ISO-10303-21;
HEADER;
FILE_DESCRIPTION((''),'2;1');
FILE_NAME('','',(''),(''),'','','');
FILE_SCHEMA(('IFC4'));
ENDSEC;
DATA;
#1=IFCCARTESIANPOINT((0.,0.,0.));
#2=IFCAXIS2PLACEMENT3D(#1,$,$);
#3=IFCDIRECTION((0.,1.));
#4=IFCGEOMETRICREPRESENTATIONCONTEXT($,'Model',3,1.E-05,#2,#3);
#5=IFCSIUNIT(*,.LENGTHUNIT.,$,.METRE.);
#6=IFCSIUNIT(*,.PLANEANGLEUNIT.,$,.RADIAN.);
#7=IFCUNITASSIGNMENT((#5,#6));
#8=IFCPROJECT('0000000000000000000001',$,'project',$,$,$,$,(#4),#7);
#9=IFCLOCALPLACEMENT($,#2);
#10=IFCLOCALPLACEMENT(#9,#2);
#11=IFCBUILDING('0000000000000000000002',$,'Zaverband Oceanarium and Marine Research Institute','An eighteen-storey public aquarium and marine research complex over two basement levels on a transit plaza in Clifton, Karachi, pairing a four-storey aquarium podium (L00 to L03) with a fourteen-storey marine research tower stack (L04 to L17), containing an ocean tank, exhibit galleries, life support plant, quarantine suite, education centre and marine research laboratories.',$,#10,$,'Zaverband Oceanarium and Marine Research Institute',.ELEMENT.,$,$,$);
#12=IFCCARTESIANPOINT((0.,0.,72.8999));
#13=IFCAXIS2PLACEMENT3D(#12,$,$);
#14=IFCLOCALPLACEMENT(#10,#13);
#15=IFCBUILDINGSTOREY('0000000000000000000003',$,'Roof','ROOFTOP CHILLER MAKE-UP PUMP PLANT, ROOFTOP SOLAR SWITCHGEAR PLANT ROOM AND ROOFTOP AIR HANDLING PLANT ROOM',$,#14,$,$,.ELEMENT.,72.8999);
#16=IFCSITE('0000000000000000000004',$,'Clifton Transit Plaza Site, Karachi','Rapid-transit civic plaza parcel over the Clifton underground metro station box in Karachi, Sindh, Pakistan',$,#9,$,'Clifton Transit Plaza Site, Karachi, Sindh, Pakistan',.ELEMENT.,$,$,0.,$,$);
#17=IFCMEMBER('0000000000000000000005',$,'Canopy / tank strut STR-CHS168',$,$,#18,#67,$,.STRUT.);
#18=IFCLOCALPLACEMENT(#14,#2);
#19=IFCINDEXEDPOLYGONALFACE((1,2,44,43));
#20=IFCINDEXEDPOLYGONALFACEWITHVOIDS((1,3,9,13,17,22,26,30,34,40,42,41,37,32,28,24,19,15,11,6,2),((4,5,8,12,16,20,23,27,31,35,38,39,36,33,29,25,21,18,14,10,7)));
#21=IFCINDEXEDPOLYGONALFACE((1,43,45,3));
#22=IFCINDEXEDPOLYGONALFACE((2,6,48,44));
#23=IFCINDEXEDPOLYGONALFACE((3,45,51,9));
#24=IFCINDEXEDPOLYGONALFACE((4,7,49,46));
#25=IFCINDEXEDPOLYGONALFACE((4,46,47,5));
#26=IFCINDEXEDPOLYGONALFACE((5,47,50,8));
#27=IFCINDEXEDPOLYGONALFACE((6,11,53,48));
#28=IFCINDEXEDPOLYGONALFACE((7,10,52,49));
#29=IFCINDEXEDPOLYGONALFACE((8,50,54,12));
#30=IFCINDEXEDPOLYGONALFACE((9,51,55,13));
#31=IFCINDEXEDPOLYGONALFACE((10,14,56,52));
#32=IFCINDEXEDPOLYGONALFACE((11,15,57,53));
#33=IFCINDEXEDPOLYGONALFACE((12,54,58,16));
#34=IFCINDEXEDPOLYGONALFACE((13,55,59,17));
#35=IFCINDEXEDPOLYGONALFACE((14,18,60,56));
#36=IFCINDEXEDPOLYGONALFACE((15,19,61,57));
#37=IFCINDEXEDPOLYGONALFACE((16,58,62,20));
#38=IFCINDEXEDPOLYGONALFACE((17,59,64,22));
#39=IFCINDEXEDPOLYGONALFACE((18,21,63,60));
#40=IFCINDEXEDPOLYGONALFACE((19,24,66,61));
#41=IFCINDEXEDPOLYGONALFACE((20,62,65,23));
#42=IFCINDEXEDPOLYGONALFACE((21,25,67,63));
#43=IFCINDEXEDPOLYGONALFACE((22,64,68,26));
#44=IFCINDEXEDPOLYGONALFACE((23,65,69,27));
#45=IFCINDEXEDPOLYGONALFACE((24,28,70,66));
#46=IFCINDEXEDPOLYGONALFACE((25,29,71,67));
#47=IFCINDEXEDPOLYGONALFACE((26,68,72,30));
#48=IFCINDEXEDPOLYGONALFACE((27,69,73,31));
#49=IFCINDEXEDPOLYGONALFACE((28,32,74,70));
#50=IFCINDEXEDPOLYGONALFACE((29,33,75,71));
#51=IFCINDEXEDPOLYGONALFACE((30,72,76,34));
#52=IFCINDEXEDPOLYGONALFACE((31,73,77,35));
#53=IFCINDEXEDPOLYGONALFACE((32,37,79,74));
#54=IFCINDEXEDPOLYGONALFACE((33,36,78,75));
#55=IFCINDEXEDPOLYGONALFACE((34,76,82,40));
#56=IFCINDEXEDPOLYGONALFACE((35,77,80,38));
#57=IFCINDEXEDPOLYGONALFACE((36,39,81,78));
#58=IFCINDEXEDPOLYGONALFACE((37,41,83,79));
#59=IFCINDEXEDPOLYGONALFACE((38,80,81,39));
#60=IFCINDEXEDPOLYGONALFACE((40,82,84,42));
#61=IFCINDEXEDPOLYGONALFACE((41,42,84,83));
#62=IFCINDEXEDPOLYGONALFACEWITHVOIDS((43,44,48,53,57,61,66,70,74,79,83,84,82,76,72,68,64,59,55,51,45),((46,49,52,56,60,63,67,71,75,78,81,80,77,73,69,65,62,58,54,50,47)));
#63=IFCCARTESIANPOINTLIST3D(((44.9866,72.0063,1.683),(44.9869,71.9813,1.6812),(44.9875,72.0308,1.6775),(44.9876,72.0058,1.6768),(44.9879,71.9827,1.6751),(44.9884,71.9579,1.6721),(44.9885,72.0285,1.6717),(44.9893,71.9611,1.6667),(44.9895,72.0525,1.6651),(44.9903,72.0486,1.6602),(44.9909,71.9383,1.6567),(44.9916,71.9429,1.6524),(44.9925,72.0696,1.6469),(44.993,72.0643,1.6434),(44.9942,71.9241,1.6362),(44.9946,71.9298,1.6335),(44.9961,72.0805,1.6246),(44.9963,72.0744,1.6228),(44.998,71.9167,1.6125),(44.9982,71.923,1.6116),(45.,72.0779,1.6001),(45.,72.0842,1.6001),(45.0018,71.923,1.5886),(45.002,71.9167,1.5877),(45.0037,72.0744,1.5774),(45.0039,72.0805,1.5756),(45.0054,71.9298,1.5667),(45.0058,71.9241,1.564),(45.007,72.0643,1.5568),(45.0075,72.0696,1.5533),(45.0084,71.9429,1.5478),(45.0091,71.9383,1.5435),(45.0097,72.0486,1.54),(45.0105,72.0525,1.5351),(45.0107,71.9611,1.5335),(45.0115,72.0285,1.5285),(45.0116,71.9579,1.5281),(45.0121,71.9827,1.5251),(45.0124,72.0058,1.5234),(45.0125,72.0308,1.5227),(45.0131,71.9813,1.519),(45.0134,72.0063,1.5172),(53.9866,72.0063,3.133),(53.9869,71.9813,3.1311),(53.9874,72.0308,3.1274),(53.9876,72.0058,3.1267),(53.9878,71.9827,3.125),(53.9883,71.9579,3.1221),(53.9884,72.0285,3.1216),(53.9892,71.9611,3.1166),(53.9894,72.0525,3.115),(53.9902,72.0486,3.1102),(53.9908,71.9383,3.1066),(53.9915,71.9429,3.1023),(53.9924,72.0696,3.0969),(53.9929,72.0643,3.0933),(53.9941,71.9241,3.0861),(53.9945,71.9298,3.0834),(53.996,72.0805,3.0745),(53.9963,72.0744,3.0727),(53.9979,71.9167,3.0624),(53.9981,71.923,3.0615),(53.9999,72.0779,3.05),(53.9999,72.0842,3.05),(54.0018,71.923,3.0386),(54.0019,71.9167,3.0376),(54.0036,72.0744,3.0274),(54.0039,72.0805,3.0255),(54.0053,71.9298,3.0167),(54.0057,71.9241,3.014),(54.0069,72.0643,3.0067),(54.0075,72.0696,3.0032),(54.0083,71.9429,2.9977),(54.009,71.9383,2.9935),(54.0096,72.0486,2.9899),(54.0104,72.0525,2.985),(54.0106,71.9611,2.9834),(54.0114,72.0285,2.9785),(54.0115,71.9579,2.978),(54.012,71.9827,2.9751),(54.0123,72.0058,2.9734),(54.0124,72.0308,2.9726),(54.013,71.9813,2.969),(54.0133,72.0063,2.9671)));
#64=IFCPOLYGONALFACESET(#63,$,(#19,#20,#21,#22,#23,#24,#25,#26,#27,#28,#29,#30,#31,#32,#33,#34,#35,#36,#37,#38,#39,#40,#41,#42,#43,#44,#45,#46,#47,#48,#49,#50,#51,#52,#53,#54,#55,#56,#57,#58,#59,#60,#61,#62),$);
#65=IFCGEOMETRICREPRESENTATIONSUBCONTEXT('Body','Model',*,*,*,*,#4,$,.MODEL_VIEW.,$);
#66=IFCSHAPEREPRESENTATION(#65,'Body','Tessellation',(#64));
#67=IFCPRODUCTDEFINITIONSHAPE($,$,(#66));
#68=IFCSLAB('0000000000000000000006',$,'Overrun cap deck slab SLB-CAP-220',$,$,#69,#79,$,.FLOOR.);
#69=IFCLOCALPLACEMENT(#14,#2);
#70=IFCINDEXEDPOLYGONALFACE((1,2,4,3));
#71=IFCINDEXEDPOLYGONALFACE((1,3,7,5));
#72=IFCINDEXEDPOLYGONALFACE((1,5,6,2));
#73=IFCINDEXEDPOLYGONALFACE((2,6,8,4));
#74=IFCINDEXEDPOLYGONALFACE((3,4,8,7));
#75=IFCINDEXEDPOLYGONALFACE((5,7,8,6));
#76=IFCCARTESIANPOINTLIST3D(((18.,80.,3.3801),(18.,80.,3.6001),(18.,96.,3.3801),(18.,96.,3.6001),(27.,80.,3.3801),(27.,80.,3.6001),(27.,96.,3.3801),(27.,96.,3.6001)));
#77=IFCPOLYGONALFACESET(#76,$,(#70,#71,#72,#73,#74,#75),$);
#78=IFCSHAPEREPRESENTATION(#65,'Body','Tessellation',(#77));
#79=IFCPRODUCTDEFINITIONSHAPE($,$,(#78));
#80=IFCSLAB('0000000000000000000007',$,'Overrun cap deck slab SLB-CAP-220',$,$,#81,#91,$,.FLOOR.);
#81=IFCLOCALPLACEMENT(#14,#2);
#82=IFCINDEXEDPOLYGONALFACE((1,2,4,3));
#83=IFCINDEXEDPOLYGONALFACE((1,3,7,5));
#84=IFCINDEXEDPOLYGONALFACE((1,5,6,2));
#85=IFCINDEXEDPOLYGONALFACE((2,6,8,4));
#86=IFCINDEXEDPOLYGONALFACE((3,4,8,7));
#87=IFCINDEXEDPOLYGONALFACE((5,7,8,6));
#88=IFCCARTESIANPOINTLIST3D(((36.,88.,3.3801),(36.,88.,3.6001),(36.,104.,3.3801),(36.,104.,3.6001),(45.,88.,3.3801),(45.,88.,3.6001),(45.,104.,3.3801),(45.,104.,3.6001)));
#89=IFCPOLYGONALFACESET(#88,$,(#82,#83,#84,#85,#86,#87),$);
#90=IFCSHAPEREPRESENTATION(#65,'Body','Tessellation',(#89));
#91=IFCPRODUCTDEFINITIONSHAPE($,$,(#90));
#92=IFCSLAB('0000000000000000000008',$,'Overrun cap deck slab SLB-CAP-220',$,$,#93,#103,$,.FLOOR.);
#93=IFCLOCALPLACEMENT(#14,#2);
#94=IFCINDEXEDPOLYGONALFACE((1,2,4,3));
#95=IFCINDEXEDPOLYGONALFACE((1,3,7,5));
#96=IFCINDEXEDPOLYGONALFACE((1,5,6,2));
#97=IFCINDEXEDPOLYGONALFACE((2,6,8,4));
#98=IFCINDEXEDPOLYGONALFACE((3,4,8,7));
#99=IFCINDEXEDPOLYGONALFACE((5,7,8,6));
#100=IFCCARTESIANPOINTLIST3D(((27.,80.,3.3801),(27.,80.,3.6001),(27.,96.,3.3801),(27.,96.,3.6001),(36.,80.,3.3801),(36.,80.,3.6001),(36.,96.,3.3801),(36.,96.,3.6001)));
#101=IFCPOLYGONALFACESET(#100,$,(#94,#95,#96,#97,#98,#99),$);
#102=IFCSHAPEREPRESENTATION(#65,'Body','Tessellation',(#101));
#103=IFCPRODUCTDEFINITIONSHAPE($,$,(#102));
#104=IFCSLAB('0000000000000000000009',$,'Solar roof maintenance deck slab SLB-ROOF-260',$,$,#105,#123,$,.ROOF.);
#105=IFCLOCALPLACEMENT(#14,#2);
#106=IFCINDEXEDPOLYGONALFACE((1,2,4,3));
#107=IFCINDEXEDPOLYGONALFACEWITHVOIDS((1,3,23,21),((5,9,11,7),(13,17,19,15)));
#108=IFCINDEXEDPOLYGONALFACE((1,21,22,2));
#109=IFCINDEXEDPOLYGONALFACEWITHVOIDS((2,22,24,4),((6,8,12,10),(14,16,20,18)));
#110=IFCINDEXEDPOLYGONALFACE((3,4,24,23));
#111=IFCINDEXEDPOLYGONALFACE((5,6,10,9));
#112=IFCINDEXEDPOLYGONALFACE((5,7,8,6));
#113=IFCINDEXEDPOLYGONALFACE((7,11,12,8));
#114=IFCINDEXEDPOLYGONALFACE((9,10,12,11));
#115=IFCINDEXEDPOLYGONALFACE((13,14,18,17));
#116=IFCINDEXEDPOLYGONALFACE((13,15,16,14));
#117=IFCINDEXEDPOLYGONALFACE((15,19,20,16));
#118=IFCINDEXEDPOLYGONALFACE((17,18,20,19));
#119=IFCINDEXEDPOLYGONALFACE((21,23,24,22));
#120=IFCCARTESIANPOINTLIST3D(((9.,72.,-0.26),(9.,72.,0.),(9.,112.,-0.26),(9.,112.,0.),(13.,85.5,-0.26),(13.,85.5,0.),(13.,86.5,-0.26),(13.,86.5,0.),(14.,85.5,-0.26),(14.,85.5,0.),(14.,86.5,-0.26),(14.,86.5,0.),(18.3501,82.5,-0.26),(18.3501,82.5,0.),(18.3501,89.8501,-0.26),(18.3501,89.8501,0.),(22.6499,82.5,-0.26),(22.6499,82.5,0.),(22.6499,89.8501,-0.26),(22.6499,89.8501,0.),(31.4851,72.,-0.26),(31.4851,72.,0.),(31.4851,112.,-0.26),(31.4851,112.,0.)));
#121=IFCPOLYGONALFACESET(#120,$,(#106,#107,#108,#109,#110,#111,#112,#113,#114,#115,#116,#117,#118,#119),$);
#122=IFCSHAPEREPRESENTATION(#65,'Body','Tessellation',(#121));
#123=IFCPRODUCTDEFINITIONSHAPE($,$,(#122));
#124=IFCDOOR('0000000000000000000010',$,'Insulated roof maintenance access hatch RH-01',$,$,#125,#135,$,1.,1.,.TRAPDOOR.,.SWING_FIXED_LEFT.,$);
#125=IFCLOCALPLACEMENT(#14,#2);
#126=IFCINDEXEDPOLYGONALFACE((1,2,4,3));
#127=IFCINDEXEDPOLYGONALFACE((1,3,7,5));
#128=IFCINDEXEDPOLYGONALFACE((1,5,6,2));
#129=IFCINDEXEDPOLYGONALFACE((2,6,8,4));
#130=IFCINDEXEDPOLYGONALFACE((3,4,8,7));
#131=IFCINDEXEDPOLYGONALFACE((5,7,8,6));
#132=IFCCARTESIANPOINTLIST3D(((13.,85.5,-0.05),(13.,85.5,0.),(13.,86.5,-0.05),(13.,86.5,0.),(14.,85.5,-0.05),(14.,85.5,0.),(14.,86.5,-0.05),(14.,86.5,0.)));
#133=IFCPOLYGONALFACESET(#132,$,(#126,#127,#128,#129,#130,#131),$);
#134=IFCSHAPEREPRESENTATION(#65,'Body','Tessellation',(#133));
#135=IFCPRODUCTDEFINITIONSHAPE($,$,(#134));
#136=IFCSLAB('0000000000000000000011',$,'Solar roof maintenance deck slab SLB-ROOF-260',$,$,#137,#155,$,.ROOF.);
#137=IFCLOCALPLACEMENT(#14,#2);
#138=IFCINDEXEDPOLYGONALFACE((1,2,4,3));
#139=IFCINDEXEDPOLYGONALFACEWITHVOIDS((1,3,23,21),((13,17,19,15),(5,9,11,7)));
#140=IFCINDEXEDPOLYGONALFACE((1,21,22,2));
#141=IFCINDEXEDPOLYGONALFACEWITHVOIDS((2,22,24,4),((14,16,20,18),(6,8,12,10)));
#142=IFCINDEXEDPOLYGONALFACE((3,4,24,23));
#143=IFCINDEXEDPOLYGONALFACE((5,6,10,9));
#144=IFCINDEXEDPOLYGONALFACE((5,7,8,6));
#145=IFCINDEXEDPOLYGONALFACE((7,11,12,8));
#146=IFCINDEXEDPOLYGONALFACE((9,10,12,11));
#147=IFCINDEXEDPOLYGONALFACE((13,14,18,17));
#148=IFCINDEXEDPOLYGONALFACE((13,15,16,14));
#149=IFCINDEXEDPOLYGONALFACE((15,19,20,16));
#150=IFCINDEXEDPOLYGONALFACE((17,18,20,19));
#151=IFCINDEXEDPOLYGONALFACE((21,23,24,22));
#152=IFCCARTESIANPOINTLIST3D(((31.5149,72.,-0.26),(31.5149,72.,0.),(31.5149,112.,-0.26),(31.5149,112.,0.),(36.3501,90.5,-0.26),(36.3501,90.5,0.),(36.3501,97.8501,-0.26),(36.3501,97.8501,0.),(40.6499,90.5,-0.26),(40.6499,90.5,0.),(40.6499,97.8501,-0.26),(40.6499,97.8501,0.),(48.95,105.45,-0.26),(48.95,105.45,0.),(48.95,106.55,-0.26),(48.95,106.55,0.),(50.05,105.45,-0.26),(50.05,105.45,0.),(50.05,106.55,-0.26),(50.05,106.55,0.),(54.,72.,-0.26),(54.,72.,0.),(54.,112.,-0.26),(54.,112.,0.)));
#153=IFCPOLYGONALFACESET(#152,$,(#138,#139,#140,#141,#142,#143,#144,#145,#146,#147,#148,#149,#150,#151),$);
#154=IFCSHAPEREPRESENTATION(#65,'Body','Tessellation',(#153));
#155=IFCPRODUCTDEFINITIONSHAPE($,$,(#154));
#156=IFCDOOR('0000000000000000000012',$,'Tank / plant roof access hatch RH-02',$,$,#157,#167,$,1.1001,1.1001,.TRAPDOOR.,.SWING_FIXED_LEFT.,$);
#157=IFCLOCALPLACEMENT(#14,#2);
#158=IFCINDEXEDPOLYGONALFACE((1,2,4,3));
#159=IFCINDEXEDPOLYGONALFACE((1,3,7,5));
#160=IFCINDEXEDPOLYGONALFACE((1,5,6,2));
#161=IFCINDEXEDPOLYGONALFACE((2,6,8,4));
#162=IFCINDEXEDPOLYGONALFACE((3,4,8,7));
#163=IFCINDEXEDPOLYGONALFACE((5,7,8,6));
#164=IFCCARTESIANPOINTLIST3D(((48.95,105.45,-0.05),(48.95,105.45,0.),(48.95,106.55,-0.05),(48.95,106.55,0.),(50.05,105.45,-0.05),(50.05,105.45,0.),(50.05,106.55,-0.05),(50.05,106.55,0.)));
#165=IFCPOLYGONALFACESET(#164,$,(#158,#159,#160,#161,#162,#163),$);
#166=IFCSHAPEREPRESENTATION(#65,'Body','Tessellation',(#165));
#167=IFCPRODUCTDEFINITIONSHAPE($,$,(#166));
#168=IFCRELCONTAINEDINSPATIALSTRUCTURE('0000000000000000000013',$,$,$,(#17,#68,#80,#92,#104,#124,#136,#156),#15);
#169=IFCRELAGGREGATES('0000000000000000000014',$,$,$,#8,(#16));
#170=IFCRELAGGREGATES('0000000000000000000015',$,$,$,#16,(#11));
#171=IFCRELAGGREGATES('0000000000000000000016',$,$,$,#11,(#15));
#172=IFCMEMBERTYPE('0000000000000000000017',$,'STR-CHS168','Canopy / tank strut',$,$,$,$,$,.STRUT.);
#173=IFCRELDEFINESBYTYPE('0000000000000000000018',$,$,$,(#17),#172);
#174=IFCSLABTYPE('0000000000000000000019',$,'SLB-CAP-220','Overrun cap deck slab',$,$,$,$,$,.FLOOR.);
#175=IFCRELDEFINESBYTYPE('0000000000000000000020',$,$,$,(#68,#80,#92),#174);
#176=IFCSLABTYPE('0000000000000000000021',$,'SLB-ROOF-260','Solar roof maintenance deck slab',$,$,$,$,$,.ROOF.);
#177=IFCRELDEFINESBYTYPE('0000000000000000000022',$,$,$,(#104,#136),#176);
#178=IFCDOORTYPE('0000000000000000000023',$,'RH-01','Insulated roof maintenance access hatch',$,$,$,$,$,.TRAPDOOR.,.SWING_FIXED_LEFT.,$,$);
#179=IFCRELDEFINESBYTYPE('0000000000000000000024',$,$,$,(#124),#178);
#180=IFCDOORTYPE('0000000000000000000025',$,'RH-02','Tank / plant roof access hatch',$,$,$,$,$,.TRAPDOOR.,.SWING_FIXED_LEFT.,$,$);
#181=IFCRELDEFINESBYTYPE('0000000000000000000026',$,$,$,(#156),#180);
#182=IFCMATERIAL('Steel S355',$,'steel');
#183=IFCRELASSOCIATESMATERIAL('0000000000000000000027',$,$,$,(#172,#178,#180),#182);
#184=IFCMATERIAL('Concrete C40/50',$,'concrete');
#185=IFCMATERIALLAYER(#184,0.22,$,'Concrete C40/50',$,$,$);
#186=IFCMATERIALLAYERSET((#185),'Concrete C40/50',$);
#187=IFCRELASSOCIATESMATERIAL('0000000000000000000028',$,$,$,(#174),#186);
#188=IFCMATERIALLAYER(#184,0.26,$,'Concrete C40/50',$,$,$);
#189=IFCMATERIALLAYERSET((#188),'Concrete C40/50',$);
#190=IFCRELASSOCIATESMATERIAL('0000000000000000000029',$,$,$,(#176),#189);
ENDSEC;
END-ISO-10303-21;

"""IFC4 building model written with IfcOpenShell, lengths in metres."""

from ifc_helpers import new_model, si_unit, direction, frame, origin, origin_2d, place, context, subcontext, project, spatial, polyline, rectangle, hollow_circle, outline, extrude, material, layer, layer_set, material_profile, profile_set, type_object, element, fill, save


model = new_model("IFC4")

# Units and contexts
model_context = context("Model", 3, precision=1e-05, world=origin(), true_north=direction((0.0, 1.0)))
body_context = subcontext(model_context, "Body", "Model", "MODEL_VIEW")
ifc_project = project(units=[si_unit("LENGTHUNIT", "METRE"), si_unit("PLANEANGLEUNIT", "RADIAN")], contexts=[model_context])

# Site, building, storey
site_placement = place(None, origin())
site = spatial("IfcSite", under=ifc_project, at=site_placement, Name="Clifton Transit Plaza Site, Karachi", Description="Rapid-transit civic plaza parcel over the Clifton underground metro station box in Karachi, Sindh, Pakistan", LongName="Clifton Transit Plaza Site, Karachi, Sindh, Pakistan", CompositionType="ELEMENT", RefElevation=0.0)
building_placement = place(site_placement, origin())
building = spatial("IfcBuilding", under=site, at=building_placement, Name="Zaverband Oceanarium and Marine Research Institute", Description="An eighteen-storey public aquarium and marine research complex over two basement levels on a transit plaza in Clifton, Karachi, pairing a four-storey aquarium podium (L00 to L03) with a fourteen-storey marine research tower stack (L04 to L17), containing an ocean tank, exhibit galleries, life support plant, quarantine suite, education centre and marine research laboratories.", LongName="Zaverband Oceanarium and Marine Research Institute", CompositionType="ELEMENT")
storey_placement = place(building_placement, frame((0.0, 0.0, 72.8999)))
storey = spatial("IfcBuildingStorey", under=building, at=storey_placement, Name="Roof", Description="ROOFTOP CHILLER MAKE-UP PUMP PLANT, ROOFTOP SOLAR SWITCHGEAR PLANT ROOM AND ROOFTOP AIR HANDLING PLANT ROOM", CompositionType="ELEMENT", Elevation=72.8999)

# Shared definitions
ifc_material_1 = material(Name="Steel S355", Category="steel")

# Member
ifc_material_profile_1 = material_profile(ifc_material_1, hollow_circle(Radius=0.0842, WallThickness=0.0063, at=origin_2d()), Name="CHS168x6.3")
ifc_profile_set_1 = profile_set([ifc_material_profile_1], Name="Steel S355")
member_type_1 = type_object("IfcMemberType", Name="STR-CHS168", Description="Canopy / tank strut", PredefinedType="STRUT", material=ifc_profile_set_1)
for number, where, z_axis, x_axis, name in (
    (1, (45.0, 72.0, 1.6001), (0.98727, 0.0, 0.159055), (0.0, 1.0, 0.0), "Canopy / tank strut STR-CHS168"),
):
    element("IfcMember", number, at=place(storey_placement, frame(where, z_axis=z_axis, x_axis=x_axis)), inside=storey, type_object=member_type_1, Name=name, PredefinedType="STRUT", context=body_context, shape_type="SweptSolid", body=[
        extrude(hollow_circle(Radius=0.0842, WallThickness=0.0063, at=origin_2d()), origin(), (0.0, 0.0, 1.0), 9.116),
    ])

# Slabs
ifc_material_2 = material(Name="Concrete C40/50", Category="concrete")
ifc_layer_1 = layer(ifc_material_2, 0.22, Name="Concrete C40/50")
ifc_layer_set_1 = layer_set([ifc_layer_1], Name="Concrete C40/50")
slab_type_1 = type_object("IfcSlabType", Name="SLB-CAP-220", Description="Overrun cap deck slab", PredefinedType="FLOOR", material=ifc_layer_set_1)
slab_1_placement = place(storey_placement, frame((0.0, 0.0, 3.3801)))
element("IfcSlab", 2, at=slab_1_placement, inside=storey, type_object=slab_type_1, Name="Overrun cap deck slab SLB-CAP-220", PredefinedType="FLOOR", context=body_context, shape_type="SweptSolid", body=[
    extrude(outline(polyline([(18.0, 80.0), (27.0, 80.0), (27.0, 96.0), (18.0, 96.0), (18.0, 80.0)])), origin(), (0.0, 0.0, 1.0), 0.22),
])
slab_2_placement = place(storey_placement, frame((0.0, 0.0, 3.3801)))
element("IfcSlab", 3, at=slab_2_placement, inside=storey, type_object=slab_type_1, Name="Overrun cap deck slab SLB-CAP-220", PredefinedType="FLOOR", context=body_context, shape_type="SweptSolid", body=[
    extrude(outline(polyline([(36.0, 88.0), (45.0, 88.0), (45.0, 104.0), (36.0, 104.0), (36.0, 88.0)])), origin(), (0.0, 0.0, 1.0), 0.22),
])
slab_3_placement = place(storey_placement, frame((0.0, 0.0, 3.3801)))
element("IfcSlab", 4, at=slab_3_placement, inside=storey, type_object=slab_type_1, Name="Overrun cap deck slab SLB-CAP-220", PredefinedType="FLOOR", context=body_context, shape_type="SweptSolid", body=[
    extrude(outline(polyline([(27.0, 80.0), (36.0, 80.0), (36.0, 96.0), (27.0, 96.0), (27.0, 80.0)])), origin(), (0.0, 0.0, 1.0), 0.22),
])

# Slabs, openings, doors
ifc_layer_2 = layer(ifc_material_2, 0.26, Name="Concrete C40/50")
ifc_layer_set_2 = layer_set([ifc_layer_2], Name="Concrete C40/50")
slab_type_2 = type_object("IfcSlabType", Name="SLB-ROOF-260", Description="Solar roof maintenance deck slab", PredefinedType="ROOF", material=ifc_layer_set_2)
slab_4_placement = place(storey_placement, frame((0.0, 0.0, -0.26)))
slab_4 = element("IfcSlab", 5, at=slab_4_placement, inside=storey, type_object=slab_type_2, Name="Solar roof maintenance deck slab SLB-ROOF-260", PredefinedType="ROOF", context=body_context, shape_type="SweptSolid", body=[
    extrude(outline(polyline([(9.0, 112.0), (31.4851, 112.0), (31.4851, 72.0), (9.0, 72.0), (9.0, 112.0)]), holes=[polyline([(18.3501, 82.5), (22.6499, 82.5), (22.6499, 89.8501), (18.3501, 89.8501), (18.3501, 82.5)])]), origin(), (0.0, 0.0, 1.0), 0.26),
])
opening_1_placement = place(slab_4_placement, frame((13.5, 86.0, -0.012)))
opening_1 = element("IfcOpeningElement", 6, at=opening_1_placement, cuts=slab_4, PredefinedType="OPENING", context=body_context, shape_type="SweptSolid", body=[
    extrude(rectangle(XDim=1.0, YDim=1.0, at=origin_2d()), origin(), (0.0, 0.0, 1.0), 0.2839),
])
door_type_1 = type_object("IfcDoorType", Name="RH-01", Description="Insulated roof maintenance access hatch", OperationType="SWING_FIXED_LEFT", PredefinedType="TRAPDOOR", material=ifc_material_1)
door_1_placement = place(slab_4_placement, frame((13.5, 86.0, 0.21)))
door_1 = element("IfcDoor", 7, at=door_1_placement, inside=storey, type_object=door_type_1, Name="Insulated roof maintenance access hatch RH-01", OperationType="SWING_FIXED_LEFT", OverallHeight=1.0, OverallWidth=1.0, PredefinedType="TRAPDOOR", context=body_context, shape_type="SweptSolid", body=[
    extrude(rectangle(XDim=1.0, YDim=1.0, at=origin_2d()), origin(), (0.0, 0.0, 1.0), 0.05),
])
fill(opening_1, door_1)
slab_5_placement = place(storey_placement, frame((0.0, 0.0, -0.26)))
slab_5 = element("IfcSlab", 8, at=slab_5_placement, inside=storey, type_object=slab_type_2, Name="Solar roof maintenance deck slab SLB-ROOF-260", PredefinedType="ROOF", context=body_context, shape_type="SweptSolid", body=[
    extrude(outline(polyline([(31.5149, 112.0), (54.0, 112.0), (54.0, 72.0), (31.5149, 72.0), (31.5149, 112.0)]), holes=[polyline([(36.3501, 90.5), (40.6499, 90.5), (40.6499, 97.8501), (36.3501, 97.8501), (36.3501, 90.5)])]), origin(), (0.0, 0.0, 1.0), 0.26),
])
opening_2_placement = place(slab_5_placement, frame((49.5, 106.0, -0.012)))
opening_2 = element("IfcOpeningElement", 9, at=opening_2_placement, cuts=slab_5, PredefinedType="OPENING", context=body_context, shape_type="SweptSolid", body=[
    extrude(rectangle(XDim=1.1001, YDim=1.1001, at=origin_2d()), origin(), (0.0, 0.0, 1.0), 0.2839),
])
door_type_2 = type_object("IfcDoorType", Name="RH-02", Description="Tank / plant roof access hatch", OperationType="SWING_FIXED_LEFT", PredefinedType="TRAPDOOR", material=ifc_material_1)
door_2_placement = place(slab_5_placement, frame((49.5, 106.0, 0.21)))
door_2 = element("IfcDoor", 10, at=door_2_placement, inside=storey, type_object=door_type_2, Name="Tank / plant roof access hatch RH-02", OperationType="SWING_FIXED_LEFT", OverallHeight=1.1001, OverallWidth=1.1001, PredefinedType="TRAPDOOR", context=body_context, shape_type="SweptSolid", body=[
    extrude(rectangle(XDim=1.1001, YDim=1.1001, at=origin_2d()), origin(), (0.0, 0.0, 1.0), 0.05),
])
fill(opening_2, door_2)

save(model, "model.ifc")
